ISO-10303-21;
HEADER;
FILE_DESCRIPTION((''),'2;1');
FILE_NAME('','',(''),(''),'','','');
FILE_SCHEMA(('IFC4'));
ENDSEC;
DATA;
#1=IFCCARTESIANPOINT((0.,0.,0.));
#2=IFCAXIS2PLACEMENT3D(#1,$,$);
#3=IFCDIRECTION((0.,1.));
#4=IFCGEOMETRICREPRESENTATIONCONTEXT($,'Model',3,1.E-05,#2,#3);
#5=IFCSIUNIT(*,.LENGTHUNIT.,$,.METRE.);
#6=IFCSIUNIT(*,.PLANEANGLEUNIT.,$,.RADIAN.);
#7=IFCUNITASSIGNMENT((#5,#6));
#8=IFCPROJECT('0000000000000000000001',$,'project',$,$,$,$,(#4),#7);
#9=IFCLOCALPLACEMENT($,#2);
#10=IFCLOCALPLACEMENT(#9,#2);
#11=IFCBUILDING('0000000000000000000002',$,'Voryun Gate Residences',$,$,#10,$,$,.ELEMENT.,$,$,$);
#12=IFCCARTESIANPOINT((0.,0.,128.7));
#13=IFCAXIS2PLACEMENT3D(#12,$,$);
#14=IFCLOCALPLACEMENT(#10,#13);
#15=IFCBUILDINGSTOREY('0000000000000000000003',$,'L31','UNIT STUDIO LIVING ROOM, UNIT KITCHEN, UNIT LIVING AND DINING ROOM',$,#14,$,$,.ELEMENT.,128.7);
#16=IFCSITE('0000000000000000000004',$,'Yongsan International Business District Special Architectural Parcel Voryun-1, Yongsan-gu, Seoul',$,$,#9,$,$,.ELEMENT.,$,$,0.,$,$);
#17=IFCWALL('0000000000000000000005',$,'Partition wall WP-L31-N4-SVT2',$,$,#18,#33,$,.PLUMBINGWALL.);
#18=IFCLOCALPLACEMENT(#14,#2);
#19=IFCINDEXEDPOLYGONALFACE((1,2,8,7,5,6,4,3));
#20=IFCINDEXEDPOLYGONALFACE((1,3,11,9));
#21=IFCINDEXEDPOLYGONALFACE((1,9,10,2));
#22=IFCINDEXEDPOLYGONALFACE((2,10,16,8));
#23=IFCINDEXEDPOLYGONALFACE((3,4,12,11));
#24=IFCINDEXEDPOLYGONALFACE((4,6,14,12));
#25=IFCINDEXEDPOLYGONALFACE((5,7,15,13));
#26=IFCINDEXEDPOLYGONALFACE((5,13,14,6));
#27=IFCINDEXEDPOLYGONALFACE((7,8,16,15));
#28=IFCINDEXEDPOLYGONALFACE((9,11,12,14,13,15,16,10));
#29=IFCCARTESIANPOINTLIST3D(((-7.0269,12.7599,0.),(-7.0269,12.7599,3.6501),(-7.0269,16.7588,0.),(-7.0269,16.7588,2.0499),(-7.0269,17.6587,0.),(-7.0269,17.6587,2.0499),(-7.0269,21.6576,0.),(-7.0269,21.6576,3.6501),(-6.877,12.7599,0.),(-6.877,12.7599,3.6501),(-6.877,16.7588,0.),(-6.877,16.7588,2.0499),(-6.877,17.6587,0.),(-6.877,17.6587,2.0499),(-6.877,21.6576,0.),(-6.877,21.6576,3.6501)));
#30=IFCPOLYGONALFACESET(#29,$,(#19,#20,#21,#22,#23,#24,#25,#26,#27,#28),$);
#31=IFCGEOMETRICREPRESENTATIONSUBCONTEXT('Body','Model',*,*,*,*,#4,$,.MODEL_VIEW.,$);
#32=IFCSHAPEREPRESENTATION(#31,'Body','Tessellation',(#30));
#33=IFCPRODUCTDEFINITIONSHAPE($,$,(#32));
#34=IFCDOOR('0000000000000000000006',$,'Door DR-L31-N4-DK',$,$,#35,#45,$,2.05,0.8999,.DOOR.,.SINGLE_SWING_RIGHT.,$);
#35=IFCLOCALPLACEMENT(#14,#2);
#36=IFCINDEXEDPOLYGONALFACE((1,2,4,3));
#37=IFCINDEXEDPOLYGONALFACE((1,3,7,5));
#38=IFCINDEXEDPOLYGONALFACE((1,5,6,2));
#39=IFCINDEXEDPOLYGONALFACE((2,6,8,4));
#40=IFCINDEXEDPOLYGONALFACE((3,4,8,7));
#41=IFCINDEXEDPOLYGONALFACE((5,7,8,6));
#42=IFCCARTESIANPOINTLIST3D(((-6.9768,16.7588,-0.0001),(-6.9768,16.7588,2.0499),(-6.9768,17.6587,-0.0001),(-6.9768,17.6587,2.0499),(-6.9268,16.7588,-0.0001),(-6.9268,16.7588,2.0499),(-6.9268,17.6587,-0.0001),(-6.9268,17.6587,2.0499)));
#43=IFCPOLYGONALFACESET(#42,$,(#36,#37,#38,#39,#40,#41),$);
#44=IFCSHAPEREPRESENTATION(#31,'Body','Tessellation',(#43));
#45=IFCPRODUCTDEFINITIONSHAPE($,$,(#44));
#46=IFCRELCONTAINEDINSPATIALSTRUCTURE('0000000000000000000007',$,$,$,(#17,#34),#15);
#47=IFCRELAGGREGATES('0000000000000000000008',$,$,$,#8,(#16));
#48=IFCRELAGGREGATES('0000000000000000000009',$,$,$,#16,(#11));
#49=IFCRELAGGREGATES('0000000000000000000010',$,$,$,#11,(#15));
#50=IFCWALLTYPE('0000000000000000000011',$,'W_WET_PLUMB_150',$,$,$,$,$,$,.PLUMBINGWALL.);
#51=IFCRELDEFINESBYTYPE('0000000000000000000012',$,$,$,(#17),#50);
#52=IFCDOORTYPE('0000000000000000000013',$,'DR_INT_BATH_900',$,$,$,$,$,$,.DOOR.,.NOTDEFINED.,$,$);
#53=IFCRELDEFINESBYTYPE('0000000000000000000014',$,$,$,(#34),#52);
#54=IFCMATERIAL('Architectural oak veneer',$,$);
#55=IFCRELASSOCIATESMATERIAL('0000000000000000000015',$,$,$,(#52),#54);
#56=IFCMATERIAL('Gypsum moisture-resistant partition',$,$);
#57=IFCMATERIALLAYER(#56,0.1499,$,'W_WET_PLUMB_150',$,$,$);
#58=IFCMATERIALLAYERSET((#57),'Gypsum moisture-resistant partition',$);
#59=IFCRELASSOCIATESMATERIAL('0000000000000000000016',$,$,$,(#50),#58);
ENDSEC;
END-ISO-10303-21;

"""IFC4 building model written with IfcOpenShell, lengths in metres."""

from ifc_helpers import new_model, si_unit, direction, frame, frame_2d, origin, place, context, subcontext, project, spatial, rectangle, extrude, material, layer, layer_set, type_object, element, fill, save


model = new_model("IFC4")

# Units and contexts
model_context = context("Model", 3, precision=1e-05, world=origin(), true_north=direction((0.0, 1.0)))
body_context = subcontext(model_context, "Body", "Model", "MODEL_VIEW")
ifc_project = project(units=[si_unit("LENGTHUNIT", "METRE"), si_unit("PLANEANGLEUNIT", "RADIAN")], contexts=[model_context])

# Site, building, storey
site_placement = place(None, origin())
site = spatial("IfcSite", under=ifc_project, at=site_placement, Name="Yongsan International Business District Special Architectural Parcel Voryun-1, Yongsan-gu, Seoul", CompositionType="ELEMENT", RefElevation=0.0)
building_placement = place(site_placement, origin())
building = spatial("IfcBuilding", under=site, at=building_placement, Name="Voryun Gate Residences", CompositionType="ELEMENT")
storey_placement = place(building_placement, frame((0.0, 0.0, 128.7)))
storey = spatial("IfcBuildingStorey", under=building, at=storey_placement, Name="L31", Description="UNIT STUDIO LIVING ROOM, UNIT KITCHEN, UNIT LIVING AND DINING ROOM", CompositionType="ELEMENT", Elevation=128.7)

# Shared definitions
ifc_material_1 = material(Name="Architectural oak veneer")
door_type_1 = type_object("IfcDoorType", Name="DR_INT_BATH_900", OperationType="NOTDEFINED", PredefinedType="DOOR", material=ifc_material_1)

# Shared definitions
ifc_material_2 = material(Name="Gypsum moisture-resistant partition")
ifc_layer_1 = layer(ifc_material_2, 0.1499, Name="W_WET_PLUMB_150")
ifc_layer_set_1 = layer_set([ifc_layer_1], Name="Gypsum moisture-resistant partition")
wall_type_1 = type_object("IfcWallType", Name="W_WET_PLUMB_150", PredefinedType="PLUMBINGWALL", material=ifc_layer_set_1)

# Wall, opening, door
wall_1_placement = place(storey_placement, frame((-6.9519, 12.76, 0.0), z_axis=(0.0, 0.0, 1.0), x_axis=(0.0, 1.0, 0.0)))
wall_1 = element("IfcWall", 1, at=wall_1_placement, inside=storey, type_object=wall_type_1, Name="Partition wall WP-L31-N4-SVT2", PredefinedType="PLUMBINGWALL", context=body_context, shape_type="SweptSolid", body=[
    extrude(rectangle(XDim=8.8977, YDim=0.1499, at=frame_2d((4.4487, 0.0))), origin(), (0.0, 0.0, 1.0), 3.6501),
])
opening_1_placement = place(wall_1_placement, frame((3.9988, 0.0, 0.0)))
opening_1 = element("IfcOpeningElement", 2, at=opening_1_placement, cuts=wall_1, PredefinedType="OPENING", context=body_context, shape_type="SweptSolid", body=[
    extrude(rectangle(XDim=0.8999, YDim=2.05, at=frame_2d((0.45, 1.0249))), frame((0.0, 0.085, 0.0), z_axis=(0.0, -1.0, 0.0), x_axis=(1.0, 0.0, 0.0)), (0.0, 0.0, 1.0), 0.1699),
])
door_1_placement = place(opening_1_placement, origin())
door_1 = element("IfcDoor", 3, at=door_1_placement, inside=storey, type_object=door_type_1, Name="Door DR-L31-N4-DK", OperationType="SINGLE_SWING_RIGHT", OverallHeight=2.05, OverallWidth=0.8999, PredefinedType="DOOR", context=body_context, shape_type="SweptSolid", body=[
    extrude(rectangle(XDim=0.8999, YDim=2.05, at=frame_2d((0.45, 1.0249))), frame((0.0, 0.0249, 0.0), z_axis=(0.0, -1.0, 0.0), x_axis=(1.0, 0.0, 0.0)), (0.0, 0.0, 1.0), 0.05),
])
fill(opening_1, door_1)

save(model, "model.ifc")
